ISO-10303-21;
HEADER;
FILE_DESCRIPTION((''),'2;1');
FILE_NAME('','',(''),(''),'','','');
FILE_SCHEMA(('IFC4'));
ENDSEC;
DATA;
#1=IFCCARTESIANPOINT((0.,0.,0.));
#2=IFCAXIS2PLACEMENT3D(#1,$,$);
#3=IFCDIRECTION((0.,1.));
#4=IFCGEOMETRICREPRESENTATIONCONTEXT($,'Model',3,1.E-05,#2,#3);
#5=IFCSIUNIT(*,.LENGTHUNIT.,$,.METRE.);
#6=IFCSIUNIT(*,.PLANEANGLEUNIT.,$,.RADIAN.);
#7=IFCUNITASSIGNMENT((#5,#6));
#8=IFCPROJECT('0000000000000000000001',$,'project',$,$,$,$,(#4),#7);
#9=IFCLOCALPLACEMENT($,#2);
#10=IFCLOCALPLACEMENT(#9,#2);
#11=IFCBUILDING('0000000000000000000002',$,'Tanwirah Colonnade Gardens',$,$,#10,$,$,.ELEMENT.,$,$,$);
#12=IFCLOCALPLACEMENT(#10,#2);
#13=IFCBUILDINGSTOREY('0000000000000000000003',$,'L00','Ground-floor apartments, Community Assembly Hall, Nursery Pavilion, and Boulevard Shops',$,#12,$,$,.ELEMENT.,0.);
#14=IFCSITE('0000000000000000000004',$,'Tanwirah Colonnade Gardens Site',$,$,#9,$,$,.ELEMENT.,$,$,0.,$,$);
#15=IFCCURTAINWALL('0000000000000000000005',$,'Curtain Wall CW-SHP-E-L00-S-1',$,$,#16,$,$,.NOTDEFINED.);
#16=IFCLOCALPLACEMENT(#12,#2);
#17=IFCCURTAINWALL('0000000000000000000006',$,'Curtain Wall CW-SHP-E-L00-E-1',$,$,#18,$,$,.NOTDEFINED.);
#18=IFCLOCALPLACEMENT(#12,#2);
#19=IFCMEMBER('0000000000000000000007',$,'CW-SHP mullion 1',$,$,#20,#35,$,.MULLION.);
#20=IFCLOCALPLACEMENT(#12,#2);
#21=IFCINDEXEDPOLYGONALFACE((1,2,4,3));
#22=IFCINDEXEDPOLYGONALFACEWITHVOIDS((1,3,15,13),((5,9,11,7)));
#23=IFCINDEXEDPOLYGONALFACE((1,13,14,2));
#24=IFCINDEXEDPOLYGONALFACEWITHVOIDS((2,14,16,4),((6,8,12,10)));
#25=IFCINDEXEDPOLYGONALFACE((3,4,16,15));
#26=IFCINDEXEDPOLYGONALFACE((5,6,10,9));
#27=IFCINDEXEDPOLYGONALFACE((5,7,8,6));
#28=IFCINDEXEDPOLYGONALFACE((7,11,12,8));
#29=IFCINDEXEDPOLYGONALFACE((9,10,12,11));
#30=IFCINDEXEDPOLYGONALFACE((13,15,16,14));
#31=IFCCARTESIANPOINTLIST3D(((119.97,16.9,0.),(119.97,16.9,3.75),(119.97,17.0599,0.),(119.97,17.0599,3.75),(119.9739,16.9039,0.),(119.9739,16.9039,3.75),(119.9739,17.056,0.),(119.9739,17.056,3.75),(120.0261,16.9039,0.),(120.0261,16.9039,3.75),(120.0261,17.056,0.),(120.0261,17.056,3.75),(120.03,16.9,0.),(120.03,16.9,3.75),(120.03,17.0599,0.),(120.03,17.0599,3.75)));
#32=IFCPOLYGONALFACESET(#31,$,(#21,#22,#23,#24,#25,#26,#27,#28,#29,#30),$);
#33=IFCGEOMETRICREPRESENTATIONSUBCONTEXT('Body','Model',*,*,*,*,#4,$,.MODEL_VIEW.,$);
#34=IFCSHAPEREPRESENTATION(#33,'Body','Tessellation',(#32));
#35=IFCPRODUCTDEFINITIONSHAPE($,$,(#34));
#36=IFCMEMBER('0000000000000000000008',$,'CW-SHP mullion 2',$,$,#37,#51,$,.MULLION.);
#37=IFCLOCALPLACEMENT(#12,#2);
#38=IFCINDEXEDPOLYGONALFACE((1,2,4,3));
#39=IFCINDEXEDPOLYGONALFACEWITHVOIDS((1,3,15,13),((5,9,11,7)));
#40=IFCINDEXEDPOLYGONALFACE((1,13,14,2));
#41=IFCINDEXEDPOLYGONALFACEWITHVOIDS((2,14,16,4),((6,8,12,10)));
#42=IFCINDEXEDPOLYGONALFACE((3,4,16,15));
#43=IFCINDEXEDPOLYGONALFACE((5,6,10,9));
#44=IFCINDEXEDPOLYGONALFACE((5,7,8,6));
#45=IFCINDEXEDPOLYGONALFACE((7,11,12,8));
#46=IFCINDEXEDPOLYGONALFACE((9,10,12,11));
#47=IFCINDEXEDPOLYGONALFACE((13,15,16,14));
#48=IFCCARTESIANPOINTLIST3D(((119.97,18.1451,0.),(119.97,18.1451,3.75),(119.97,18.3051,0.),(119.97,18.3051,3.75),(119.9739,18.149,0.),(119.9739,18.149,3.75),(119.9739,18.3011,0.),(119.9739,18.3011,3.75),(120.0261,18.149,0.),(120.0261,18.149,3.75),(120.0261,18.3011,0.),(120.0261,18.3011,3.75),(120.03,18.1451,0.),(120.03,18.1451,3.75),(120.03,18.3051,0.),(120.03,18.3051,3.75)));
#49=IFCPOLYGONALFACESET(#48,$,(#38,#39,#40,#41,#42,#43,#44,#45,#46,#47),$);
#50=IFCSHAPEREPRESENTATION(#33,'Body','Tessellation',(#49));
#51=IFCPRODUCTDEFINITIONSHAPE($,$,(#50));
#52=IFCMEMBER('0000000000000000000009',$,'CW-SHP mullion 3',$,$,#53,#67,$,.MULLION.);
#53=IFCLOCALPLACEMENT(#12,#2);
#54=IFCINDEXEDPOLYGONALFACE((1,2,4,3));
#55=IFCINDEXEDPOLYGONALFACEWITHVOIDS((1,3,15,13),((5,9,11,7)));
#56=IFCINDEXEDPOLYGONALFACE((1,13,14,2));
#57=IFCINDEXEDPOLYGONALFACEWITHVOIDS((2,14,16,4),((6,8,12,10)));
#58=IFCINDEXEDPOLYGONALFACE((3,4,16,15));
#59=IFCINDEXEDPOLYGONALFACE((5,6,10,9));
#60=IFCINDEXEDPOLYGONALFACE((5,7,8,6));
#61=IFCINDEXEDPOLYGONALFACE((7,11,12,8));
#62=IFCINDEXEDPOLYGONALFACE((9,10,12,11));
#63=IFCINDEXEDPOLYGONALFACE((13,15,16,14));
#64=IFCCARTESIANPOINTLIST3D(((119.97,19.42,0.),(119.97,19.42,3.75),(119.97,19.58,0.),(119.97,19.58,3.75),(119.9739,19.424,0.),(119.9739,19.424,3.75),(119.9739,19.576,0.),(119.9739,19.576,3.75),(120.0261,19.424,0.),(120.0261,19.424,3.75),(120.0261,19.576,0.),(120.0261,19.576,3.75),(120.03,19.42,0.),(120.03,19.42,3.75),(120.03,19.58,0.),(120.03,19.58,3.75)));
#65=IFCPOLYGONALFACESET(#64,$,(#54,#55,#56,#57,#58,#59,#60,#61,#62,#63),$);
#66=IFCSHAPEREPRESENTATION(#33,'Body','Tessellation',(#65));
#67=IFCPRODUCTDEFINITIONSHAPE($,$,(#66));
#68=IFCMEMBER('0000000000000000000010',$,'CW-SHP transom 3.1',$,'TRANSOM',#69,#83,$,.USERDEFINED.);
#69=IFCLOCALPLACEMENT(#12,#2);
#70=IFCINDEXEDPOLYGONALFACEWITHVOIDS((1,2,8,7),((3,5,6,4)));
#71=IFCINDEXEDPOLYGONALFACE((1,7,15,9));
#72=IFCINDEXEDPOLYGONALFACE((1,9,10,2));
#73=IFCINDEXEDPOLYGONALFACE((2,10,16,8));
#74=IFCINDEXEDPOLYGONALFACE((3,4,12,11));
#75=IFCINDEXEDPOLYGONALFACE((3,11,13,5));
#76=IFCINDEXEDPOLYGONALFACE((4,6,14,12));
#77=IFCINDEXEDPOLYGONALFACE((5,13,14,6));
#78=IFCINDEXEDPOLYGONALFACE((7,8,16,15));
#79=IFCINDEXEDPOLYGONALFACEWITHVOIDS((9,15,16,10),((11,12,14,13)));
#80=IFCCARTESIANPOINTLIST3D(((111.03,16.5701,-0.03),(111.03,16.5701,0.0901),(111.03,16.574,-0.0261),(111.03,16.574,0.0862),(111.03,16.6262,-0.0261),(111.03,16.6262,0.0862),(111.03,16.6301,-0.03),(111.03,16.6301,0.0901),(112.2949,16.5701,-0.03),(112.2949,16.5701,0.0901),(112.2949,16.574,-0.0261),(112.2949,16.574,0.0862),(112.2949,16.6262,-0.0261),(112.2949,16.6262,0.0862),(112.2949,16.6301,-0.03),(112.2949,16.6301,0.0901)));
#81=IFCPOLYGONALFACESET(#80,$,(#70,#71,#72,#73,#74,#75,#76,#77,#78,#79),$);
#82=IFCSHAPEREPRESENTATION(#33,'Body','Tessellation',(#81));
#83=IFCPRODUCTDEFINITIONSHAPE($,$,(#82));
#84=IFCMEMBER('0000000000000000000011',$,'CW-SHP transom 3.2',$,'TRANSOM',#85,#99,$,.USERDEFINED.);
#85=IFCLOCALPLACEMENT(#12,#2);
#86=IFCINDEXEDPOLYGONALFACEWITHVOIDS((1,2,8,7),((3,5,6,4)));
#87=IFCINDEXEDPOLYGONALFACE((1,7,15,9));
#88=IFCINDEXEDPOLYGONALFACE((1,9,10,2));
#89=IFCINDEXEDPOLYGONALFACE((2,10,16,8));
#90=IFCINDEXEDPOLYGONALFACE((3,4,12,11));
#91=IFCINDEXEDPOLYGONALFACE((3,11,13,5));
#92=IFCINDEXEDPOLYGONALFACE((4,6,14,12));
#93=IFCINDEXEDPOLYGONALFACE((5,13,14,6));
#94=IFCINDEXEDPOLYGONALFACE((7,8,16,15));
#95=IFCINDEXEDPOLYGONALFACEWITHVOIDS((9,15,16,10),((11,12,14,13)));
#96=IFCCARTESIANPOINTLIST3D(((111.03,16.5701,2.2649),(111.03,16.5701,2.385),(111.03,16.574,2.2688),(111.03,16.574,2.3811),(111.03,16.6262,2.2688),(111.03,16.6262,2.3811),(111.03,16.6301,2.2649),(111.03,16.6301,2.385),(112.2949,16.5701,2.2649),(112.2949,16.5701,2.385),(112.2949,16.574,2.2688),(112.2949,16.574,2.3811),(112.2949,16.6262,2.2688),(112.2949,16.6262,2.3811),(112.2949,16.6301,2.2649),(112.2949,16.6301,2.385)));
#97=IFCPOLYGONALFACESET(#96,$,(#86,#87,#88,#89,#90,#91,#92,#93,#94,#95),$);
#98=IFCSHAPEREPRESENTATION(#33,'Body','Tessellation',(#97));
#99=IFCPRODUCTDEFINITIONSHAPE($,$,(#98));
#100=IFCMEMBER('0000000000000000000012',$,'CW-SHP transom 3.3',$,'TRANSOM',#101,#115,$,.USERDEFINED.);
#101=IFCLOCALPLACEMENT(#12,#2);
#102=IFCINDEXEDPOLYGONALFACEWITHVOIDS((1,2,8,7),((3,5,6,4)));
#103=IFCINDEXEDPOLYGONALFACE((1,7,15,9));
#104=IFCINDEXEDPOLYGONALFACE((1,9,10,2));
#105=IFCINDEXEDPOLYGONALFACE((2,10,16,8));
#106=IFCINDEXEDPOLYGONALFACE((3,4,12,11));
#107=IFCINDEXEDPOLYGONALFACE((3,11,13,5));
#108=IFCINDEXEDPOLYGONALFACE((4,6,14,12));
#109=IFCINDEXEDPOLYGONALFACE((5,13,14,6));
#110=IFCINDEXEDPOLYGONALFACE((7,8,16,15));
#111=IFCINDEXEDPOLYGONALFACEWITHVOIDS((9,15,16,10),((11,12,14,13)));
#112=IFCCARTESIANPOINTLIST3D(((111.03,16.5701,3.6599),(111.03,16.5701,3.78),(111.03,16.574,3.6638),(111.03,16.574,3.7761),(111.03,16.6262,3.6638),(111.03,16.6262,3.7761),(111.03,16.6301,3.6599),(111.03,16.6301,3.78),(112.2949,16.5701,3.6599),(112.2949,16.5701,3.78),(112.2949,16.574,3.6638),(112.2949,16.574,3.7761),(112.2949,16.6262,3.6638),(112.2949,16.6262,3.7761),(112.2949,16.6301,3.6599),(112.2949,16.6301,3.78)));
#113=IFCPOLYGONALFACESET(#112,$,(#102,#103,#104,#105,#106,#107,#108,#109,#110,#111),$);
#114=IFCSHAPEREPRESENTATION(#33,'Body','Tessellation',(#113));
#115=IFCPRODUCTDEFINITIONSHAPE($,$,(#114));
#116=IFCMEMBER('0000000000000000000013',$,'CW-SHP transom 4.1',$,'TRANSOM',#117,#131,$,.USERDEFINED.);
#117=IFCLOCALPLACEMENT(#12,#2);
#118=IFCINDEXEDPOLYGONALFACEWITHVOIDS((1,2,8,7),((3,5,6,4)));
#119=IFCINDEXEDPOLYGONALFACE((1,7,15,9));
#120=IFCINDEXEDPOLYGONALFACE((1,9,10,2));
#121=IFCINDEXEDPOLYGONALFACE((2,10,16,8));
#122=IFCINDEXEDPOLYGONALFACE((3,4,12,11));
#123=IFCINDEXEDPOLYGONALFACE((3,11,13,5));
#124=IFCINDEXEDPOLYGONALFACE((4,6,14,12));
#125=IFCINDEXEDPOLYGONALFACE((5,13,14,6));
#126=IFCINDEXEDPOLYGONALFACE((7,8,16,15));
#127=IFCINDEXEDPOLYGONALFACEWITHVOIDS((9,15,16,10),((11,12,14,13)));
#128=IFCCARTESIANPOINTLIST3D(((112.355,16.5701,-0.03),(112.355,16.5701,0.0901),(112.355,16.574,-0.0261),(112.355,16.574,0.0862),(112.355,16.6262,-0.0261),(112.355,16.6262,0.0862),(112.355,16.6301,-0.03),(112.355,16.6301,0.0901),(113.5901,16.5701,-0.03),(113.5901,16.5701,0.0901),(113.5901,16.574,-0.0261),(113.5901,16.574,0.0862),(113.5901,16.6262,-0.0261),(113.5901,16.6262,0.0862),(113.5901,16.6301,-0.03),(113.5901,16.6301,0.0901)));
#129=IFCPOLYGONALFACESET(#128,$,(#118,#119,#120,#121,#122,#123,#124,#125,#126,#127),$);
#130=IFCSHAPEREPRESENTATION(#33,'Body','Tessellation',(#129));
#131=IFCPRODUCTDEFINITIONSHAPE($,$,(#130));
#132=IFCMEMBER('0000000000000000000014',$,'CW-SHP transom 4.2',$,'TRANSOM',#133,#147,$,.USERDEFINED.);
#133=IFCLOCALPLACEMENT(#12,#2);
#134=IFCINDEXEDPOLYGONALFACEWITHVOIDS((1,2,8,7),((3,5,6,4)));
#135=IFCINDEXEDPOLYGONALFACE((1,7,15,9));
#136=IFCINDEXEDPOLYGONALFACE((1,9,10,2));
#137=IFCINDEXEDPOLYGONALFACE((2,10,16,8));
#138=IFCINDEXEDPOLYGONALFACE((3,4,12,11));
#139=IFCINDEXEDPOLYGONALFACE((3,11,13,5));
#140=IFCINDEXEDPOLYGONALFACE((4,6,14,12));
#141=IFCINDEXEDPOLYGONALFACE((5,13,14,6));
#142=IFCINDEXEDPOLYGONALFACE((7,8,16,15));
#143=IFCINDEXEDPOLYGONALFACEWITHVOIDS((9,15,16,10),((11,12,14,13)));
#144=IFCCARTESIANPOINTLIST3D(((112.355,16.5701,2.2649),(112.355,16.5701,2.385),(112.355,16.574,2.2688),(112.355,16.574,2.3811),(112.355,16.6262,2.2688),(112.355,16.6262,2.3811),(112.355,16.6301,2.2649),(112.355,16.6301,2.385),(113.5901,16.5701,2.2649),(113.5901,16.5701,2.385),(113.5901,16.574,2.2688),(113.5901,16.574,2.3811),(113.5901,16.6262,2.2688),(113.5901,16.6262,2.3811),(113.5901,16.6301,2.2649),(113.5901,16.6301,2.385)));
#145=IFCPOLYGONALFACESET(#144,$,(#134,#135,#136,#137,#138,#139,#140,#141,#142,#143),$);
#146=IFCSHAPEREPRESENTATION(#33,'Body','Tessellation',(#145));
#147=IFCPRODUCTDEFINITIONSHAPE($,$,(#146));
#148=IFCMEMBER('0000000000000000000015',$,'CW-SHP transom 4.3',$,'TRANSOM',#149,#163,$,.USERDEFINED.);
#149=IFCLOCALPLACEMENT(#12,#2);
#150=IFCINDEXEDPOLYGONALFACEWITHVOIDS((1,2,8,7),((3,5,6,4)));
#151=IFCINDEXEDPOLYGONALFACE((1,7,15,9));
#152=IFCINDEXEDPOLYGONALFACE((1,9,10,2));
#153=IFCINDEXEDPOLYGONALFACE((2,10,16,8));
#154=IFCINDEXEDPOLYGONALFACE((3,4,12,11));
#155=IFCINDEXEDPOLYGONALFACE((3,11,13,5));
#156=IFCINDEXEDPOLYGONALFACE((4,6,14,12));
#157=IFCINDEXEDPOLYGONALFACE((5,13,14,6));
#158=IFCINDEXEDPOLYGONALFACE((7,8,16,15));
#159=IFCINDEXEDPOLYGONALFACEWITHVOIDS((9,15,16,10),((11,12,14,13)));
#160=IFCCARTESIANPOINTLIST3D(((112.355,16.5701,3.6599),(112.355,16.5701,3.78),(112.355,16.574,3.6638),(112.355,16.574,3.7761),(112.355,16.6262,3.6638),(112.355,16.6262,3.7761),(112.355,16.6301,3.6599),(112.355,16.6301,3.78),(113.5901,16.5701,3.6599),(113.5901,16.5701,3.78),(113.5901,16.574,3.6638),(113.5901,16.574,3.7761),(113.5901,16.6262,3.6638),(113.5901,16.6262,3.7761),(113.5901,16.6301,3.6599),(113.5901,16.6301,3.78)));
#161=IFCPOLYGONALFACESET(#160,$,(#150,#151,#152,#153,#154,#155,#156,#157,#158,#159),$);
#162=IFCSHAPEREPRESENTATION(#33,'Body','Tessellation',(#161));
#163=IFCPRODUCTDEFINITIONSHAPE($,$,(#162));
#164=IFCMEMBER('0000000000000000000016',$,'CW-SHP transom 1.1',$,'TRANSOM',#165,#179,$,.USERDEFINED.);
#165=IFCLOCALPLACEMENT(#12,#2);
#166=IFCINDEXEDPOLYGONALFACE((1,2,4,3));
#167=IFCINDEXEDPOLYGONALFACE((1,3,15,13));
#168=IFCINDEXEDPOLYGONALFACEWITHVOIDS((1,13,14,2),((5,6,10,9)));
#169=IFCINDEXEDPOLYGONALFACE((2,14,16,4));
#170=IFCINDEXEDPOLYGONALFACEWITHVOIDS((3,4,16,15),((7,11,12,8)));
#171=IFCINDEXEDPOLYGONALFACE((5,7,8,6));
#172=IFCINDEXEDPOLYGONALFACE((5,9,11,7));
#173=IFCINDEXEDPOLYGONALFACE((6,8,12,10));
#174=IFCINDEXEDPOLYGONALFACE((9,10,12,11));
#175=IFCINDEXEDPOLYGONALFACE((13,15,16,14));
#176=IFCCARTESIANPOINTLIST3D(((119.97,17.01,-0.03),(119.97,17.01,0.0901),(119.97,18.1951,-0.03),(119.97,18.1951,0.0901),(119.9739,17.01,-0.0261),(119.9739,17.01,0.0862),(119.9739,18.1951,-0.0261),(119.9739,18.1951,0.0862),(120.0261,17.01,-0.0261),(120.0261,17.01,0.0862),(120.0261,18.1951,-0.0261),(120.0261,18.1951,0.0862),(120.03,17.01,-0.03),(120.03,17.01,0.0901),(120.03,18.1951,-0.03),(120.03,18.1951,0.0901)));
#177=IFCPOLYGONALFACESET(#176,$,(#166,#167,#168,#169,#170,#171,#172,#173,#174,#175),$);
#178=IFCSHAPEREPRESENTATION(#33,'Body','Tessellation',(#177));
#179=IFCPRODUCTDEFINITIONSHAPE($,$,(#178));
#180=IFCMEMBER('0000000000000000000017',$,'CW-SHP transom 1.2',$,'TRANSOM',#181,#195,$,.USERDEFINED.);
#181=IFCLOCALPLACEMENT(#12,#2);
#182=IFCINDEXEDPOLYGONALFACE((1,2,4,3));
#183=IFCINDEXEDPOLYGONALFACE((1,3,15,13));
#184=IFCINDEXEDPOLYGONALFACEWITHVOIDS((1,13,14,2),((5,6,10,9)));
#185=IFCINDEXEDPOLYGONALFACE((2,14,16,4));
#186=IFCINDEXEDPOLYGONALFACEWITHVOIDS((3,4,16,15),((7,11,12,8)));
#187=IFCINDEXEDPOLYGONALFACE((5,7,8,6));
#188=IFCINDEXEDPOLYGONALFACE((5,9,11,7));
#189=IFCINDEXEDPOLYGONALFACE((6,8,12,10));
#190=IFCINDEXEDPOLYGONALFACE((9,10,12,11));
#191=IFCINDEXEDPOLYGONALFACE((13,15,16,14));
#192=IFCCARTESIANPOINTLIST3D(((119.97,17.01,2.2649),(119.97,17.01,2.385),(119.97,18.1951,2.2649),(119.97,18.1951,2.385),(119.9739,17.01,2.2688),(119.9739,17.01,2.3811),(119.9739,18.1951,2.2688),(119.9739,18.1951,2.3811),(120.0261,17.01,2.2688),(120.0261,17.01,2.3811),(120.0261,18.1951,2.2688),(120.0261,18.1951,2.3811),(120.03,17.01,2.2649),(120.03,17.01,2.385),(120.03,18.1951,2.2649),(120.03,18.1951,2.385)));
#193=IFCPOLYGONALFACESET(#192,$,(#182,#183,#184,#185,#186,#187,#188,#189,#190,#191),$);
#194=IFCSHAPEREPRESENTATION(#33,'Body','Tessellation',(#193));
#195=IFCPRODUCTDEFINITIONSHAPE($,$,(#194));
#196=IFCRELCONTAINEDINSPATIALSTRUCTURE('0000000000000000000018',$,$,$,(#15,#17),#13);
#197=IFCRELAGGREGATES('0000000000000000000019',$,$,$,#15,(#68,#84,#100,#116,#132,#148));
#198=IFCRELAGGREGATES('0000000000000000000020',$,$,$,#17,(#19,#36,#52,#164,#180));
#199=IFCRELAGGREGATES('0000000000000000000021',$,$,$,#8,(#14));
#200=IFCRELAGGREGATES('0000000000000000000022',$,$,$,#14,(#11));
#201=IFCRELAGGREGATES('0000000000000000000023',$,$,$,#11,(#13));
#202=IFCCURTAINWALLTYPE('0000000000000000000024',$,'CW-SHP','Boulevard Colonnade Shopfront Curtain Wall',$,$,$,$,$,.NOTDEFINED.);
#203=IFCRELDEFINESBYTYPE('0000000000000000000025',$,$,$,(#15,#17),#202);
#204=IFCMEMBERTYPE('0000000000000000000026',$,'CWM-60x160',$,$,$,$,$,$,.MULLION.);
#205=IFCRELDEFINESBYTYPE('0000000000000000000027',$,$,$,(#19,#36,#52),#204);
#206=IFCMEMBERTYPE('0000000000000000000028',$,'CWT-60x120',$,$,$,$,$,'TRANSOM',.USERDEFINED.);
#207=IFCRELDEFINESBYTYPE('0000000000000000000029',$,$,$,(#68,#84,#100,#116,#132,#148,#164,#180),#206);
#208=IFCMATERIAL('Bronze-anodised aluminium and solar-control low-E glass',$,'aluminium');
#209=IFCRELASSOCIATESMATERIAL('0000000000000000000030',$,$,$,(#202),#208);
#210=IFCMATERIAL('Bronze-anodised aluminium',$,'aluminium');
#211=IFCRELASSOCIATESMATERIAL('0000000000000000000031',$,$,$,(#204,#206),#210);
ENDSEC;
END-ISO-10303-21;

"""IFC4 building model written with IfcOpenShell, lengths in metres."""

from ifc_helpers import new_model, si_unit, direction, frame, origin, origin_2d, place, context, subcontext, project, spatial, hollow_rectangle, extrude, material, material_profile, profile_set, type_object, element, aggregate, save


model = new_model("IFC4")

# Units and contexts
model_context = context("Model", 3, precision=1e-05, world=origin(), true_north=direction((0.0, 1.0)))
body_context = subcontext(model_context, "Body", "Model", "MODEL_VIEW")
ifc_project = project(units=[si_unit("LENGTHUNIT", "METRE"), si_unit("PLANEANGLEUNIT", "RADIAN")], contexts=[model_context])

# Site, building, storey
site_placement = place(None, origin())
site = spatial("IfcSite", under=ifc_project, at=site_placement, Name="Tanwirah Colonnade Gardens Site", CompositionType="ELEMENT", RefElevation=0.0)
building_placement = place(site_placement, origin())
building = spatial("IfcBuilding", under=site, at=building_placement, Name="Tanwirah Colonnade Gardens", CompositionType="ELEMENT")
storey_placement = place(building_placement, origin())
storey = spatial("IfcBuildingStorey", under=building, at=storey_placement, Name="L00", Description="Ground-floor apartments, Community Assembly Hall, Nursery Pavilion, and Boulevard Shops", CompositionType="ELEMENT", Elevation=0.0)

# Curtain walls, members
ifc_material_1 = material(Name="Bronze-anodised aluminium and solar-control low-E glass", Category="aluminium")
curtain_wall_type = type_object("IfcCurtainWallType", Name="CW-SHP", Description="Boulevard Colonnade Shopfront Curtain Wall", PredefinedType="NOTDEFINED", material=ifc_material_1)
curtain_wall_1_placement = place(storey_placement, origin())
curtain_wall_1 = element("IfcCurtainWall", 1, at=curtain_wall_1_placement, inside=storey, type_object=curtain_wall_type, Name="Curtain Wall CW-SHP-E-L00-S-1", PredefinedType="NOTDEFINED")
ifc_material_2 = material(Name="Bronze-anodised aluminium", Category="aluminium")
ifc_material_profile_1 = material_profile(ifc_material_2, hollow_rectangle(XDim=0.0601, YDim=0.1599, WallThickness=0.0039, at=origin_2d()), Name="CW-MUL 60x160x4")
ifc_profile_set_1 = profile_set([ifc_material_profile_1], Name="Bronze-anodised aluminium")
member_type_1 = type_object("IfcMemberType", Name="CWM-60x160", PredefinedType="MULLION", material=ifc_profile_set_1)
curtain_wall_2_placement = place(storey_placement, origin())
curtain_wall_2 = element("IfcCurtainWall", 2, at=curtain_wall_2_placement, inside=storey, type_object=curtain_wall_type, Name="Curtain Wall CW-SHP-E-L00-E-1", PredefinedType="NOTDEFINED")
member_1_placement = place(storey_placement, frame((120.0, 16.98, 0.0), z_axis=(0.0, 0.0, 1.0), x_axis=(-1.0, 0.0, 0.0)))
member_1 = element("IfcMember", 3, at=member_1_placement, type_object=member_type_1, Name="CW-SHP mullion 1", PredefinedType="MULLION", context=body_context, shape_type="SweptSolid", body=[
    extrude(hollow_rectangle(XDim=0.0601, YDim=0.1599, WallThickness=0.0039, at=origin_2d()), origin(), (0.0, 0.0, 1.0), 3.75),
])
member_2_placement = place(storey_placement, frame((120.0, 18.2251, 0.0), z_axis=(0.0, 0.0, 1.0), x_axis=(-1.0, 0.0, 0.0)))
member_2 = element("IfcMember", 4, at=member_2_placement, type_object=member_type_1, Name="CW-SHP mullion 2", PredefinedType="MULLION", context=body_context, shape_type="SweptSolid", body=[
    extrude(hollow_rectangle(XDim=0.0601, YDim=0.1599, WallThickness=0.0039, at=origin_2d()), origin(), (0.0, 0.0, 1.0), 3.75),
])
member_3_placement = place(storey_placement, frame((120.0, 19.5, 0.0), z_axis=(0.0, 0.0, 1.0), x_axis=(-1.0, 0.0, 0.0)))
member_3 = element("IfcMember", 5, at=member_3_placement, type_object=member_type_1, Name="CW-SHP mullion 3", PredefinedType="MULLION", context=body_context, shape_type="SweptSolid", body=[
    extrude(hollow_rectangle(XDim=0.0601, YDim=0.1599, WallThickness=0.0039, at=origin_2d()), origin(), (0.0, 0.0, 1.0), 3.75),
])

# Members
ifc_material_profile_2 = material_profile(ifc_material_2, hollow_rectangle(XDim=0.0601, YDim=0.1201, WallThickness=0.0039, at=origin_2d()), Name="CW-TRN 60x120x4")
ifc_profile_set_2 = profile_set([ifc_material_profile_2], Name="Bronze-anodised aluminium")
member_type_2 = type_object("IfcMemberType", Name="CWT-60x120", ElementType="TRANSOM", PredefinedType="USERDEFINED", material=ifc_profile_set_2)
member_4_placement = place(storey_placement, frame((111.03, 16.6001, 0.03), z_axis=(1.0, 0.0, 0.0), x_axis=(0.0, 1.0, 0.0)))
member_4 = element("IfcMember", 6, at=member_4_placement, type_object=member_type_2, Name="CW-SHP transom 3.1", ObjectType="TRANSOM", PredefinedType="USERDEFINED", context=body_context, shape_type="SweptSolid", body=[
    extrude(hollow_rectangle(XDim=0.0601, YDim=0.1201, WallThickness=0.0039, at=origin_2d()), origin(), (0.0, 0.0, 1.0), 1.2649),
])
member_5_placement = place(storey_placement, frame((111.03, 16.6001, 2.325), z_axis=(1.0, 0.0, 0.0), x_axis=(0.0, 1.0, 0.0)))
member_5 = element("IfcMember", 7, at=member_5_placement, type_object=member_type_2, Name="CW-SHP transom 3.2", ObjectType="TRANSOM", PredefinedType="USERDEFINED", context=body_context, shape_type="SweptSolid", body=[
    extrude(hollow_rectangle(XDim=0.0601, YDim=0.1201, WallThickness=0.0039, at=origin_2d()), origin(), (0.0, 0.0, 1.0), 1.2649),
])
member_6_placement = place(storey_placement, frame((111.03, 16.6001, 3.72), z_axis=(1.0, 0.0, 0.0), x_axis=(0.0, 1.0, 0.0)))
member_6 = element("IfcMember", 8, at=member_6_placement, type_object=member_type_2, Name="CW-SHP transom 3.3", ObjectType="TRANSOM", PredefinedType="USERDEFINED", context=body_context, shape_type="SweptSolid", body=[
    extrude(hollow_rectangle(XDim=0.0601, YDim=0.1201, WallThickness=0.0039, at=origin_2d()), origin(), (0.0, 0.0, 1.0), 1.2649),
])
member_7_placement = place(storey_placement, frame((112.355, 16.6001, 0.03), z_axis=(1.0, 0.0, 0.0), x_axis=(0.0, 1.0, 0.0)))
member_7 = element("IfcMember", 9, at=member_7_placement, type_object=member_type_2, Name="CW-SHP transom 4.1", ObjectType="TRANSOM", PredefinedType="USERDEFINED", context=body_context, shape_type="SweptSolid", body=[
    extrude(hollow_rectangle(XDim=0.0601, YDim=0.1201, WallThickness=0.0039, at=origin_2d()), origin(), (0.0, 0.0, 1.0), 1.2351),
])
member_8_placement = place(storey_placement, frame((112.355, 16.6001, 2.325), z_axis=(1.0, 0.0, 0.0), x_axis=(0.0, 1.0, 0.0)))
member_8 = element("IfcMember", 10, at=member_8_placement, type_object=member_type_2, Name="CW-SHP transom 4.2", ObjectType="TRANSOM", PredefinedType="USERDEFINED", context=body_context, shape_type="SweptSolid", body=[
    extrude(hollow_rectangle(XDim=0.0601, YDim=0.1201, WallThickness=0.0039, at=origin_2d()), origin(), (0.0, 0.0, 1.0), 1.2351),
])
member_9_placement = place(storey_placement, frame((112.355, 16.6001, 3.72), z_axis=(1.0, 0.0, 0.0), x_axis=(0.0, 1.0, 0.0)))
member_9 = element("IfcMember", 11, at=member_9_placement, type_object=member_type_2, Name="CW-SHP transom 4.3", ObjectType="TRANSOM", PredefinedType="USERDEFINED", context=body_context, shape_type="SweptSolid", body=[
    extrude(hollow_rectangle(XDim=0.0601, YDim=0.1201, WallThickness=0.0039, at=origin_2d()), origin(), (0.0, 0.0, 1.0), 1.2351),
])
member_10_placement = place(storey_placement, frame((120.0, 17.01, 0.03), z_axis=(0.0, 1.0, 0.0), x_axis=(-1.0, 0.0, 0.0)))
member_10 = element("IfcMember", 12, at=member_10_placement, type_object=member_type_2, Name="CW-SHP transom 1.1", ObjectType="TRANSOM", PredefinedType="USERDEFINED", context=body_context, shape_type="SweptSolid", body=[
    extrude(hollow_rectangle(XDim=0.0601, YDim=0.1201, WallThickness=0.0039, at=origin_2d()), origin(), (0.0, 0.0, 1.0), 1.1851),
])
member_11_placement = place(storey_placement, frame((120.0, 17.01, 2.325), z_axis=(0.0, 1.0, 0.0), x_axis=(-1.0, 0.0, 0.0)))
member_11 = element("IfcMember", 13, at=member_11_placement, type_object=member_type_2, Name="CW-SHP transom 1.2", ObjectType="TRANSOM", PredefinedType="USERDEFINED", context=body_context, shape_type="SweptSolid", body=[
    extrude(hollow_rectangle(XDim=0.0601, YDim=0.1201, WallThickness=0.0039, at=origin_2d()), origin(), (0.0, 0.0, 1.0), 1.1851),
])

aggregate(curtain_wall_1, [member_4, member_5, member_6, member_7, member_8, member_9])
aggregate(curtain_wall_2, [member_1, member_2, member_3, member_10, member_11])

save(model, "model.ifc")
